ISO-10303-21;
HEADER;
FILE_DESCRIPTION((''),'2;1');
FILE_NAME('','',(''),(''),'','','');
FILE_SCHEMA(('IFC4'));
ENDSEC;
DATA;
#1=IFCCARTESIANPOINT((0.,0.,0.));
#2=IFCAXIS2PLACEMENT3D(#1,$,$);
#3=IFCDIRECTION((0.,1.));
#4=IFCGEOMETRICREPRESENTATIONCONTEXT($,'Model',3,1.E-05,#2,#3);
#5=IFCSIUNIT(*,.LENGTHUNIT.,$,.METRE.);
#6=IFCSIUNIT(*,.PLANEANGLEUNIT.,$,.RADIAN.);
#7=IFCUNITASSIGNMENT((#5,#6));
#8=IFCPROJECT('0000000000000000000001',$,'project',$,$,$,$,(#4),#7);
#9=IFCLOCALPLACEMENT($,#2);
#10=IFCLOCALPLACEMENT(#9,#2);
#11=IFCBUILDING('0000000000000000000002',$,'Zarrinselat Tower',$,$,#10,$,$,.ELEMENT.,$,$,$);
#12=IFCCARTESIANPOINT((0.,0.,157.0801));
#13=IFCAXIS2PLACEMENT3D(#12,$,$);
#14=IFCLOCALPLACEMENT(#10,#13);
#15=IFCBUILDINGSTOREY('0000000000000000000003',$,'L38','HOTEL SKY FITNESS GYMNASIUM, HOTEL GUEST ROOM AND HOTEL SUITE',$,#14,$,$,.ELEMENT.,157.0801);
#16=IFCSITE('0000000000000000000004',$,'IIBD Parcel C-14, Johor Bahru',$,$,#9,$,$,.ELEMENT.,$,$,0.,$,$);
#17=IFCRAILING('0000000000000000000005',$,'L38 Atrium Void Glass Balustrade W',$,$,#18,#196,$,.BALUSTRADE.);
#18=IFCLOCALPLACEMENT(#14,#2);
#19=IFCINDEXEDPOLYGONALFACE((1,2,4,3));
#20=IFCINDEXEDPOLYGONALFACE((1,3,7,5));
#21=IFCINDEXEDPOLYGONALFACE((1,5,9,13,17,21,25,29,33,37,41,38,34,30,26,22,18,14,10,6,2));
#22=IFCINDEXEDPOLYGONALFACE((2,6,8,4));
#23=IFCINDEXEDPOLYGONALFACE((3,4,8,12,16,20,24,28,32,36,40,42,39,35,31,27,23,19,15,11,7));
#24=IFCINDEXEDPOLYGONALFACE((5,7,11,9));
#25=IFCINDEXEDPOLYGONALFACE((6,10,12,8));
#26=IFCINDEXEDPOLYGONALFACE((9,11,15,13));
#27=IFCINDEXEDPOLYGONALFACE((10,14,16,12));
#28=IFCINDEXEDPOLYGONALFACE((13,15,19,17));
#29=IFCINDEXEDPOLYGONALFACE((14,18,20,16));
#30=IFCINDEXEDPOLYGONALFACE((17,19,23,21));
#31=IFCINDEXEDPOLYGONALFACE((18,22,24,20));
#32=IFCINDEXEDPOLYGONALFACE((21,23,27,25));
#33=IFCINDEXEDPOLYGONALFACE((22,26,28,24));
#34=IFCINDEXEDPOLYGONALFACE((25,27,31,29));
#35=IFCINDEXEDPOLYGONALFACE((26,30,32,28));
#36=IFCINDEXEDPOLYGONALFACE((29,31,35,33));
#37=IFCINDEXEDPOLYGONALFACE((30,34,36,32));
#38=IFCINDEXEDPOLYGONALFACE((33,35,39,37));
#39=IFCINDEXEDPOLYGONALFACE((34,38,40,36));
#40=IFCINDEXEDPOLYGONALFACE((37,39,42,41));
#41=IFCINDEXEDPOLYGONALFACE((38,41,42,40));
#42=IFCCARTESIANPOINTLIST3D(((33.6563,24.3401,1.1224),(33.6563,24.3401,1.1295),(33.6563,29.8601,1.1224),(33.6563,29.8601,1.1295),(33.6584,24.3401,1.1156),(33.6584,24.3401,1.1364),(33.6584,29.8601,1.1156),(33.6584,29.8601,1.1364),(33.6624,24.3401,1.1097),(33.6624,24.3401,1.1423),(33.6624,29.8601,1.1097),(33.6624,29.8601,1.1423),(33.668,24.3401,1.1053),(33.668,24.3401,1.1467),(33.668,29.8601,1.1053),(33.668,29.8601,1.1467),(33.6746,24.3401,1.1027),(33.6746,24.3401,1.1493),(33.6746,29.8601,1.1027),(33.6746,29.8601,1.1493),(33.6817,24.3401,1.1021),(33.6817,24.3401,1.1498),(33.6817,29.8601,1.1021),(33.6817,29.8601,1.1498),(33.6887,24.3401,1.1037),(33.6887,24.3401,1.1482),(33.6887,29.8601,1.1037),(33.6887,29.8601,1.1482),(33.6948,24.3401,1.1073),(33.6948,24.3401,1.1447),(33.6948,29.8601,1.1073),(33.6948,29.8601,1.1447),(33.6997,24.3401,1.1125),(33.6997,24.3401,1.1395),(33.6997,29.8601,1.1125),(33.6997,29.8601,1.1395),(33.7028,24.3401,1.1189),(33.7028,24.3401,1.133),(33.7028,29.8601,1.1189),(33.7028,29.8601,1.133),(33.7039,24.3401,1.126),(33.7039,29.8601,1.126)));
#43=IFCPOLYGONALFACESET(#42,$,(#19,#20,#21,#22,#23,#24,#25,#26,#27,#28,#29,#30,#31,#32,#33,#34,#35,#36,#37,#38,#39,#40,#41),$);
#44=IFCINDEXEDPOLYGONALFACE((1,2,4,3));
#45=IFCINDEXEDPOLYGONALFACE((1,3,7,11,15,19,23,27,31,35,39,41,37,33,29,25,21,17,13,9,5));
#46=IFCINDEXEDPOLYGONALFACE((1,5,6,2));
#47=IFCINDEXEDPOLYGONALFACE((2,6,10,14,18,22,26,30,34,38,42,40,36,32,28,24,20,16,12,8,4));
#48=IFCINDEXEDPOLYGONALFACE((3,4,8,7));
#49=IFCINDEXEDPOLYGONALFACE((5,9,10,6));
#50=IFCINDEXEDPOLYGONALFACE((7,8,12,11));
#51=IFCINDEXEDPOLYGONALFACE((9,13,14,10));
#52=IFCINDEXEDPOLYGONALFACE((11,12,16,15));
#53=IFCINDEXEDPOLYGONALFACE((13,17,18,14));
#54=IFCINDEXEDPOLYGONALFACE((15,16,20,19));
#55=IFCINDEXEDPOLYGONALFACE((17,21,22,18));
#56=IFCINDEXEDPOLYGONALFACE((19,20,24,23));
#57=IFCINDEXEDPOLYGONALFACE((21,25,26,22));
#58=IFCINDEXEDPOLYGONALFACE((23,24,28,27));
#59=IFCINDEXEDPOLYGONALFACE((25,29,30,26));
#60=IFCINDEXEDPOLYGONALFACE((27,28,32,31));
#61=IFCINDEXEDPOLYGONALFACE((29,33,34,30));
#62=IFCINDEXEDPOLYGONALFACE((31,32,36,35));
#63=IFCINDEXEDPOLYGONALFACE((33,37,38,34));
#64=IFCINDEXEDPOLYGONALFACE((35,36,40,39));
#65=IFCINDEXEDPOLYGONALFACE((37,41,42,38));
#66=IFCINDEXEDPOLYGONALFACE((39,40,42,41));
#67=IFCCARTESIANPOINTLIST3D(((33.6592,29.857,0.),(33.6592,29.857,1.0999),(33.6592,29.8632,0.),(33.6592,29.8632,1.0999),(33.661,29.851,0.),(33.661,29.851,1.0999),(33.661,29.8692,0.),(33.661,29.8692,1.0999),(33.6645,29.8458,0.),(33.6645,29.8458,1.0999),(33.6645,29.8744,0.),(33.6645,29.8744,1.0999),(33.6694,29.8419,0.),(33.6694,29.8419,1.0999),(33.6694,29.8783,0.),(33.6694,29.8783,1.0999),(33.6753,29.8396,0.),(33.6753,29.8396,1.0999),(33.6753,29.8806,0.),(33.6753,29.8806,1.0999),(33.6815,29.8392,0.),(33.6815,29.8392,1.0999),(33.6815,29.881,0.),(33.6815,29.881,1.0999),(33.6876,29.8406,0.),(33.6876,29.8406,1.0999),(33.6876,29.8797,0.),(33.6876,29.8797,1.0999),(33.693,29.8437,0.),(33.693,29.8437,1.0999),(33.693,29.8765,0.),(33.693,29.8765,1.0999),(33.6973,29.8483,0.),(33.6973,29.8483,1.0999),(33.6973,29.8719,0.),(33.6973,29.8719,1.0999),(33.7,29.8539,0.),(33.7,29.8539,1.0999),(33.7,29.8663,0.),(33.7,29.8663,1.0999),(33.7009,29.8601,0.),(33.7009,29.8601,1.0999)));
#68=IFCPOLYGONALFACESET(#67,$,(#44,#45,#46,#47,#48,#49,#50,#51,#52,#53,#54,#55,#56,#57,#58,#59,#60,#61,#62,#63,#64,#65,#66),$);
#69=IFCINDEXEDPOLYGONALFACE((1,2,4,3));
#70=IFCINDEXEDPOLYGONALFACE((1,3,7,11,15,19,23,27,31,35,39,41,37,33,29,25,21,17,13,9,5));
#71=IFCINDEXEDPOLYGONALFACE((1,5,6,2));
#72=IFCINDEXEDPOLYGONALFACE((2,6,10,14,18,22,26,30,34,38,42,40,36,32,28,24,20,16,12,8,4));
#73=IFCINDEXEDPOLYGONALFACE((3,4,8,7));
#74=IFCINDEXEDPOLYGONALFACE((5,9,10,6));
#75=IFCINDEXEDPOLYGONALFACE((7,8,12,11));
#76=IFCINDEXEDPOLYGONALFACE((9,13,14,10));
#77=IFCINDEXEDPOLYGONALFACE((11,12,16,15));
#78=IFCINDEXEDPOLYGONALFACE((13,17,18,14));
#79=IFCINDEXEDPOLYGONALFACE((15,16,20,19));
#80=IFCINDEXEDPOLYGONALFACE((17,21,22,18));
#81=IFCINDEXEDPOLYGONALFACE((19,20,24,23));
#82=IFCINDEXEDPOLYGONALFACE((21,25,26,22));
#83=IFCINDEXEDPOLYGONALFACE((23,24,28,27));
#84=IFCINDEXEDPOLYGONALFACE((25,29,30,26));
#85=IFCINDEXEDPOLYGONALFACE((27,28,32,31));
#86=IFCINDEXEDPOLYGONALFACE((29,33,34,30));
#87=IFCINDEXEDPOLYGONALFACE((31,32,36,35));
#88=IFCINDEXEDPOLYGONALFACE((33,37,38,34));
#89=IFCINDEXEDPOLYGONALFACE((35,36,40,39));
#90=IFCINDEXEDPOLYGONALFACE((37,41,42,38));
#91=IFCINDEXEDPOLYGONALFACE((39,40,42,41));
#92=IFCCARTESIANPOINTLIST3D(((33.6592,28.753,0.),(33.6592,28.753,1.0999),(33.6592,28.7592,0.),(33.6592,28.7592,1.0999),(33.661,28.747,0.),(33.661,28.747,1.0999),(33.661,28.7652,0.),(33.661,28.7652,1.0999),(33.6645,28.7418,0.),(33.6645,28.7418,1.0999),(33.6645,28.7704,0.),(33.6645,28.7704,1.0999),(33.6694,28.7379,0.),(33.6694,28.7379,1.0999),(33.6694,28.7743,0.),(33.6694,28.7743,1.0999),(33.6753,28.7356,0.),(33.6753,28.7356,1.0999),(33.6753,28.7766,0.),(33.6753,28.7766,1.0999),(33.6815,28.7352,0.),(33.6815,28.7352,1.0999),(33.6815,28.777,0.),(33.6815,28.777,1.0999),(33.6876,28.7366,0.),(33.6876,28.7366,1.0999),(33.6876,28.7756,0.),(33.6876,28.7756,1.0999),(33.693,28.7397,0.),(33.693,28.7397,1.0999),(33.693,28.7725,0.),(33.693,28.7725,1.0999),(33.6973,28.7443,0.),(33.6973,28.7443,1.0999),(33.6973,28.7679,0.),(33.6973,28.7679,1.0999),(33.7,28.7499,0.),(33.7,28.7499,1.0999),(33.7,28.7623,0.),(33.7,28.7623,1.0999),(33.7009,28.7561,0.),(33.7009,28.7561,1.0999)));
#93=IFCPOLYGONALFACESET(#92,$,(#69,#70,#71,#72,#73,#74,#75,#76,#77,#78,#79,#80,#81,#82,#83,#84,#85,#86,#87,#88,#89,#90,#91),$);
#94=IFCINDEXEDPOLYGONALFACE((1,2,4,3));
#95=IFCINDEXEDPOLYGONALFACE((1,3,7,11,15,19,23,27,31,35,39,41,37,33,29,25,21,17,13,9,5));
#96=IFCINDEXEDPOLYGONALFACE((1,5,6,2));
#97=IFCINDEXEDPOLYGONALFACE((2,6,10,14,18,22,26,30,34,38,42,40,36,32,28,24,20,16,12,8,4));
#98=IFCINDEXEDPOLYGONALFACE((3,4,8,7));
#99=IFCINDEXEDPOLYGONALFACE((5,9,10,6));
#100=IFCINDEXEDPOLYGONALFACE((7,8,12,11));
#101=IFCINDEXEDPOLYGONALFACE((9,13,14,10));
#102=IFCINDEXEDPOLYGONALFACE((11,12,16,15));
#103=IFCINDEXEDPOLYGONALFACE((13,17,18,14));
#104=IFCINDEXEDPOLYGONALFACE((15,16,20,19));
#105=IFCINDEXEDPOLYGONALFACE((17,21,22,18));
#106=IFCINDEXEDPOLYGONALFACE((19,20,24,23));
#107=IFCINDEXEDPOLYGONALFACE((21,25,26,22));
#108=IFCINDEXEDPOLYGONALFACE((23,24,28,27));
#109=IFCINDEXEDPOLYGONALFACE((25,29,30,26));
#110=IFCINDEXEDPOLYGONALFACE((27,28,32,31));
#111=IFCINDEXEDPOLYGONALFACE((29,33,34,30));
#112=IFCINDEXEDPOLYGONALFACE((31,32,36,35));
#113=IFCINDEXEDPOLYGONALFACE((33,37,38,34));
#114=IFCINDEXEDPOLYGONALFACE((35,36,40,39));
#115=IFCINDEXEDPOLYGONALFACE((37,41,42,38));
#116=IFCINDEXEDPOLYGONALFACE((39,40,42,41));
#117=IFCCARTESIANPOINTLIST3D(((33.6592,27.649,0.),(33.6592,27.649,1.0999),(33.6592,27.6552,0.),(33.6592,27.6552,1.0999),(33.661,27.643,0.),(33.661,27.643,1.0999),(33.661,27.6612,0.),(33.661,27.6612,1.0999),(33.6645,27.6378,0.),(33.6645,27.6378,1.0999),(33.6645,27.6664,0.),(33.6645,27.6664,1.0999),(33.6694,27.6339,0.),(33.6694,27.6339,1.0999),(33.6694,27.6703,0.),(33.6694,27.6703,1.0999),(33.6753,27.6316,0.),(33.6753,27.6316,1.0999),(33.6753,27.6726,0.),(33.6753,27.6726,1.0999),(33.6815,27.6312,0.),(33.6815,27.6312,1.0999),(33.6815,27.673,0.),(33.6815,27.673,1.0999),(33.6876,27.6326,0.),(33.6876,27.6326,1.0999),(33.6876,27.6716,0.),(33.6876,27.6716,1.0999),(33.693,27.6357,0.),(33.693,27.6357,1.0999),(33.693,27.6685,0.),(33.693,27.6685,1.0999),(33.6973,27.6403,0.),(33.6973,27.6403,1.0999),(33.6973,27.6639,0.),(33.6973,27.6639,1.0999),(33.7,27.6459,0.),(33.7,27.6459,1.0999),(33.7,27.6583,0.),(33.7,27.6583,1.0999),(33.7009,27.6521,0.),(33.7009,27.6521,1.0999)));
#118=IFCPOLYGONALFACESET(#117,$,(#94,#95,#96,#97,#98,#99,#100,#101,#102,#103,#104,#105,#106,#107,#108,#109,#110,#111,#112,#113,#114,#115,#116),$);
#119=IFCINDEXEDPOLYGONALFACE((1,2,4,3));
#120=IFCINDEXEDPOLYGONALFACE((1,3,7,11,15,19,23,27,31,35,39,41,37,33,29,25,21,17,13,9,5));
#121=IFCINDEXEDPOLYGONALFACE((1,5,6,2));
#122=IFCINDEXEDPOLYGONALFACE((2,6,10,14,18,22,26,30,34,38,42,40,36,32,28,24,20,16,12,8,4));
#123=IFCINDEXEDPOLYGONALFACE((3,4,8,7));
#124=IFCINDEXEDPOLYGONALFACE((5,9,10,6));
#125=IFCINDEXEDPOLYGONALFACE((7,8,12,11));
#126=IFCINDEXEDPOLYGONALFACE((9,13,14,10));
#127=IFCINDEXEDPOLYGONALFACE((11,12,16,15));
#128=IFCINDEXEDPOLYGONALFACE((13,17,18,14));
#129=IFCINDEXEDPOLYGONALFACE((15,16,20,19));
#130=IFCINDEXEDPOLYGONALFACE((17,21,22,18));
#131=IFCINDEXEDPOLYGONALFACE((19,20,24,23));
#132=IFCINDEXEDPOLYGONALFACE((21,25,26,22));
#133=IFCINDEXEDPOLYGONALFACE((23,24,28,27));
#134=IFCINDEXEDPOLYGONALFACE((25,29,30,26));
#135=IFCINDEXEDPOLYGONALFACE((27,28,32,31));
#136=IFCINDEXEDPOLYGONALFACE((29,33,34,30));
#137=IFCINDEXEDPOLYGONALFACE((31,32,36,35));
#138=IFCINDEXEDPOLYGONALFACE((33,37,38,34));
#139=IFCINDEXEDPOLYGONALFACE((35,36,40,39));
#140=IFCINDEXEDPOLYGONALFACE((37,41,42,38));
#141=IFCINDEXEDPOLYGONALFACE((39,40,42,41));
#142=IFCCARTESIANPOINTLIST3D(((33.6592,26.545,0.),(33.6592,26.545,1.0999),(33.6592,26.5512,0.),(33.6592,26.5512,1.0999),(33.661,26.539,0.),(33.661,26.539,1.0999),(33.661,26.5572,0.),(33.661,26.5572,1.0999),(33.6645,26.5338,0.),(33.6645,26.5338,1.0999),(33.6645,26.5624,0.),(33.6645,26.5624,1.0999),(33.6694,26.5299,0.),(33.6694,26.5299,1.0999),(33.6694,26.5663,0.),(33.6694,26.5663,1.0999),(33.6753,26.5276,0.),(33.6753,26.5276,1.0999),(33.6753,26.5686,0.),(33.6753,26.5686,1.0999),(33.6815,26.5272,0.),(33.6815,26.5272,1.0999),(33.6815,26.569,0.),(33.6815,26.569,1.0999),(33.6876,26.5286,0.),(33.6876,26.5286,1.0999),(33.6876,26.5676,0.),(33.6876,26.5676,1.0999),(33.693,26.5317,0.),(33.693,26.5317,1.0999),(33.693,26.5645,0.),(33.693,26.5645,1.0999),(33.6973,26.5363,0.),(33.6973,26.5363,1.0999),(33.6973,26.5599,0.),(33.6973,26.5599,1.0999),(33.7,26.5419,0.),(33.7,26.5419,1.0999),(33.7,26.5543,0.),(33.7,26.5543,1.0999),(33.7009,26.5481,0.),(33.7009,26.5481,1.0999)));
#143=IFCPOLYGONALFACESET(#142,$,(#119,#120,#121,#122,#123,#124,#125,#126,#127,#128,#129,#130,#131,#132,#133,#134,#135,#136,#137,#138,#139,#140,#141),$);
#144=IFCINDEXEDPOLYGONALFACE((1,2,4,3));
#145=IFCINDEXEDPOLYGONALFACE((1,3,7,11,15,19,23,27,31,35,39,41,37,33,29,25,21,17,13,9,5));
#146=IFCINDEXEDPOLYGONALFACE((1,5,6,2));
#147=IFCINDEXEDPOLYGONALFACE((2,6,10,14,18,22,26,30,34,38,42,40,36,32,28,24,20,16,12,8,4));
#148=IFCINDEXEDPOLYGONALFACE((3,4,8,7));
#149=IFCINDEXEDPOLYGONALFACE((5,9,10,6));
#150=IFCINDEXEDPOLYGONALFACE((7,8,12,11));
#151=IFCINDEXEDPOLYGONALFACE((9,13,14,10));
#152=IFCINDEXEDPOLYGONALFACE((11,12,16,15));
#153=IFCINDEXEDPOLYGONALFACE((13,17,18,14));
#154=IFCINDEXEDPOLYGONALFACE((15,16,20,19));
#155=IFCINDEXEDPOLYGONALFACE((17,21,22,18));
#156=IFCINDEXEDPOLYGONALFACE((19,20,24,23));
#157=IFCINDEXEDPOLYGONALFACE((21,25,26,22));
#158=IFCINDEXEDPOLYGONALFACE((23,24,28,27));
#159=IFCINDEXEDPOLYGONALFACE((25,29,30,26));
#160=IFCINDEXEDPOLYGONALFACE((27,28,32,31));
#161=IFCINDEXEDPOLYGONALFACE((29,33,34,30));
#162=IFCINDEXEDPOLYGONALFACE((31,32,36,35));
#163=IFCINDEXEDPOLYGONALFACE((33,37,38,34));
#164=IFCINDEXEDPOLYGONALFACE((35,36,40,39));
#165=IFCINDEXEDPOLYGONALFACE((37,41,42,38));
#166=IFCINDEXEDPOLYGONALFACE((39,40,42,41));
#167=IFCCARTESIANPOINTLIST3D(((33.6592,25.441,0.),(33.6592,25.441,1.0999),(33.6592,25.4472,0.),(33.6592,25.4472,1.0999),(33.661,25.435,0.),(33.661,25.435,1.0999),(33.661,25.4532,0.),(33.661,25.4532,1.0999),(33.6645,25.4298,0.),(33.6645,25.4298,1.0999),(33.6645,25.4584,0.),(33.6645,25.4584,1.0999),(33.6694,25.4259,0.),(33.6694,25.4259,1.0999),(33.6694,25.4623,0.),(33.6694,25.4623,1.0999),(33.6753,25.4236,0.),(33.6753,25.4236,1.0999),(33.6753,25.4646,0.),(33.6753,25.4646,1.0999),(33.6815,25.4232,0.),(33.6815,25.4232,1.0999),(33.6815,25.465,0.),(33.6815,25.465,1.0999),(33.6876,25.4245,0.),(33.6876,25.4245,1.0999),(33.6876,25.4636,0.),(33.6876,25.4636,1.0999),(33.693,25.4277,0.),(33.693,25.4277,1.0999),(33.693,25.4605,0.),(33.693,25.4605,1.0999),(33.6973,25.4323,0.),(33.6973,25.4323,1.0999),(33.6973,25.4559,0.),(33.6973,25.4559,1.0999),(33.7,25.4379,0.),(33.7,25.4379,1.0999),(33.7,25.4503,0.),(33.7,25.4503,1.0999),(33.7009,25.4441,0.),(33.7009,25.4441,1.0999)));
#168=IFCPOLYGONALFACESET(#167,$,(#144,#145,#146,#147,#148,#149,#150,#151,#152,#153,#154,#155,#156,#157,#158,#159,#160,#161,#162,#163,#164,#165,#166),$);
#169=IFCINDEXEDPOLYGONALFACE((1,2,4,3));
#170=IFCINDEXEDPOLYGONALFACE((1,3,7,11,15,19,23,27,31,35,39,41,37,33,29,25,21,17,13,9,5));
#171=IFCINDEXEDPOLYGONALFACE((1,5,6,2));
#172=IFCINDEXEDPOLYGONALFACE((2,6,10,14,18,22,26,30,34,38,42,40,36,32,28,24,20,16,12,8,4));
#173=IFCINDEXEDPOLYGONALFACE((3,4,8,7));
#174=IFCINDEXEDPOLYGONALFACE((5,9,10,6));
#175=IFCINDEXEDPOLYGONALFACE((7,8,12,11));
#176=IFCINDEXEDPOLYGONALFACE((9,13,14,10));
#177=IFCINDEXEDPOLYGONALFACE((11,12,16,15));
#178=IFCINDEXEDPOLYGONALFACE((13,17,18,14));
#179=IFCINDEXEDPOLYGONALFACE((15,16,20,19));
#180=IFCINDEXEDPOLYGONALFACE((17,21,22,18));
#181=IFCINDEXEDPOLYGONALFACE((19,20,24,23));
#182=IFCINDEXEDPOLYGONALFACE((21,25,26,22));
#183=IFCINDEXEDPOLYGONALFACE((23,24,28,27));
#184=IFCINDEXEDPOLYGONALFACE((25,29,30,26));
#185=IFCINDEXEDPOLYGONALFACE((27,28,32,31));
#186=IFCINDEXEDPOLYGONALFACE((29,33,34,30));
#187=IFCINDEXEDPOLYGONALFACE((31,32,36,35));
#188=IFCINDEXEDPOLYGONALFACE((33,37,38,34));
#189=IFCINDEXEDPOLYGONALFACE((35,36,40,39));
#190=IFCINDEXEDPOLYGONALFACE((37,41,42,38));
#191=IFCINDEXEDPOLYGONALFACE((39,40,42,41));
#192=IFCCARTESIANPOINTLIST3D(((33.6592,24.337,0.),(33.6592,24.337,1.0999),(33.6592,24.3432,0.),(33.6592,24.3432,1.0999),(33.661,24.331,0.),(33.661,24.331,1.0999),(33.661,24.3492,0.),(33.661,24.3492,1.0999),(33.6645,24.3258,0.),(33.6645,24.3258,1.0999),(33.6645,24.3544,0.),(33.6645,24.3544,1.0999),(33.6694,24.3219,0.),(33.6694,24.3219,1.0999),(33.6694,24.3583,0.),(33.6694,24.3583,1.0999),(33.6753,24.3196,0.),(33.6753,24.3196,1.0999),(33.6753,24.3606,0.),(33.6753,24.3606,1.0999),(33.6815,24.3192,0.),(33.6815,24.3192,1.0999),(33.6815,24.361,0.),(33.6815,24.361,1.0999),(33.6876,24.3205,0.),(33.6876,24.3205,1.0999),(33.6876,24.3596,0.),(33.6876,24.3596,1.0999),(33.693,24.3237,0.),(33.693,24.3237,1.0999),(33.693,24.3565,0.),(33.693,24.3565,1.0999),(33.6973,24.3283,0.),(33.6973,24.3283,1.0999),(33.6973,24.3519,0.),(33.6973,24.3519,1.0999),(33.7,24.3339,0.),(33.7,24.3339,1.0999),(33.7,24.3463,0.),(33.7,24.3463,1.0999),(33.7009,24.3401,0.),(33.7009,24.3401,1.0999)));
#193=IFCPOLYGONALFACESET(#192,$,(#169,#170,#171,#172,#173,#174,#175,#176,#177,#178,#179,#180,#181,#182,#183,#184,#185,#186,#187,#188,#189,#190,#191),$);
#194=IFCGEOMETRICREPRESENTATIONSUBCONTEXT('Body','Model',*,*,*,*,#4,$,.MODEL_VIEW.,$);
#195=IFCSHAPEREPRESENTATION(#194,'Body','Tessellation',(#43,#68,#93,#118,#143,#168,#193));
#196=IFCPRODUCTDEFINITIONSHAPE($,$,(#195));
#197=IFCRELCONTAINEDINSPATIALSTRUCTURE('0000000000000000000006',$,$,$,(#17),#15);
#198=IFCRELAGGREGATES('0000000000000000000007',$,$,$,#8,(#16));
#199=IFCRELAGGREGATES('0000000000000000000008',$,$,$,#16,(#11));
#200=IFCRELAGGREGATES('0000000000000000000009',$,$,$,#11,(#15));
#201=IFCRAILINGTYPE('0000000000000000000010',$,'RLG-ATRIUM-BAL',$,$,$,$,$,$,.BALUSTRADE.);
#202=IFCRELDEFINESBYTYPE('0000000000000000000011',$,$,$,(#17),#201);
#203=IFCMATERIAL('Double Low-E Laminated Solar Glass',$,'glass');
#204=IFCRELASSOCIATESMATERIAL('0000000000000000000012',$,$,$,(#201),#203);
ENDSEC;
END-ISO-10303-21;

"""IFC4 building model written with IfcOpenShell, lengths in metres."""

from ifc_helpers import new_model, si_unit, direction, frame, origin, origin_2d, place, context, subcontext, project, spatial, circle, extrude, material, type_object, element, save


model = new_model("IFC4")

# Units and contexts
model_context = context("Model", 3, precision=1e-05, world=origin(), true_north=direction((0.0, 1.0)))
body_context = subcontext(model_context, "Body", "Model", "MODEL_VIEW")
ifc_project = project(units=[si_unit("LENGTHUNIT", "METRE"), si_unit("PLANEANGLEUNIT", "RADIAN")], contexts=[model_context])

# Site, building, storey
site_placement = place(None, origin())
site = spatial("IfcSite", under=ifc_project, at=site_placement, Name="IIBD Parcel C-14, Johor Bahru", CompositionType="ELEMENT", RefElevation=0.0)
building_placement = place(site_placement, origin())
building = spatial("IfcBuilding", under=site, at=building_placement, Name="Zarrinselat Tower", CompositionType="ELEMENT")
storey_placement = place(building_placement, frame((0.0, 0.0, 157.0801)))
storey = spatial("IfcBuildingStorey", under=building, at=storey_placement, Name="L38", Description="HOTEL SKY FITNESS GYMNASIUM, HOTEL GUEST ROOM AND HOTEL SUITE", CompositionType="ELEMENT", Elevation=157.0801)

# Railing
ifc_material_1 = material(Name="Double Low-E Laminated Solar Glass", Category="glass")
railing_type = type_object("IfcRailingType", Name="RLG-ATRIUM-BAL", PredefinedType="BALUSTRADE", material=ifc_material_1)
railing_placement = place(storey_placement, frame((33.6799, 29.8601, 0.0)))
element("IfcRailing", 1, at=railing_placement, inside=storey, type_object=railing_type, Name="L38 Atrium Void Glass Balustrade W", PredefinedType="BALUSTRADE", context=body_context, shape_type="SweptSolid", body=[
    extrude(circle(Radius=0.0239, at=origin_2d()), frame((0.0, 0.0, 1.126), z_axis=(0.0, -1.0, 0.0), x_axis=(1.0, 0.0, 0.0)), (0.0, 0.0, 1.0), 5.52),
    extrude(circle(Radius=0.021, at=origin_2d()), origin(), (0.0, 0.0, 1.0), 1.0999),
    extrude(circle(Radius=0.021, at=origin_2d()), frame((0.0, -1.104, 0.0)), (0.0, 0.0, 1.0), 1.0999),
    extrude(circle(Radius=0.021, at=origin_2d()), frame((0.0, -2.208, 0.0)), (0.0, 0.0, 1.0), 1.0999),
    extrude(circle(Radius=0.021, at=origin_2d()), frame((0.0, -3.312, 0.0)), (0.0, 0.0, 1.0), 1.0999),
    extrude(circle(Radius=0.021, at=origin_2d()), frame((0.0, -4.416, 0.0)), (0.0, 0.0, 1.0), 1.0999),
    extrude(circle(Radius=0.021, at=origin_2d()), frame((0.0, -5.52, 0.0)), (0.0, 0.0, 1.0), 1.0999),
])

save(model, "model.ifc")
